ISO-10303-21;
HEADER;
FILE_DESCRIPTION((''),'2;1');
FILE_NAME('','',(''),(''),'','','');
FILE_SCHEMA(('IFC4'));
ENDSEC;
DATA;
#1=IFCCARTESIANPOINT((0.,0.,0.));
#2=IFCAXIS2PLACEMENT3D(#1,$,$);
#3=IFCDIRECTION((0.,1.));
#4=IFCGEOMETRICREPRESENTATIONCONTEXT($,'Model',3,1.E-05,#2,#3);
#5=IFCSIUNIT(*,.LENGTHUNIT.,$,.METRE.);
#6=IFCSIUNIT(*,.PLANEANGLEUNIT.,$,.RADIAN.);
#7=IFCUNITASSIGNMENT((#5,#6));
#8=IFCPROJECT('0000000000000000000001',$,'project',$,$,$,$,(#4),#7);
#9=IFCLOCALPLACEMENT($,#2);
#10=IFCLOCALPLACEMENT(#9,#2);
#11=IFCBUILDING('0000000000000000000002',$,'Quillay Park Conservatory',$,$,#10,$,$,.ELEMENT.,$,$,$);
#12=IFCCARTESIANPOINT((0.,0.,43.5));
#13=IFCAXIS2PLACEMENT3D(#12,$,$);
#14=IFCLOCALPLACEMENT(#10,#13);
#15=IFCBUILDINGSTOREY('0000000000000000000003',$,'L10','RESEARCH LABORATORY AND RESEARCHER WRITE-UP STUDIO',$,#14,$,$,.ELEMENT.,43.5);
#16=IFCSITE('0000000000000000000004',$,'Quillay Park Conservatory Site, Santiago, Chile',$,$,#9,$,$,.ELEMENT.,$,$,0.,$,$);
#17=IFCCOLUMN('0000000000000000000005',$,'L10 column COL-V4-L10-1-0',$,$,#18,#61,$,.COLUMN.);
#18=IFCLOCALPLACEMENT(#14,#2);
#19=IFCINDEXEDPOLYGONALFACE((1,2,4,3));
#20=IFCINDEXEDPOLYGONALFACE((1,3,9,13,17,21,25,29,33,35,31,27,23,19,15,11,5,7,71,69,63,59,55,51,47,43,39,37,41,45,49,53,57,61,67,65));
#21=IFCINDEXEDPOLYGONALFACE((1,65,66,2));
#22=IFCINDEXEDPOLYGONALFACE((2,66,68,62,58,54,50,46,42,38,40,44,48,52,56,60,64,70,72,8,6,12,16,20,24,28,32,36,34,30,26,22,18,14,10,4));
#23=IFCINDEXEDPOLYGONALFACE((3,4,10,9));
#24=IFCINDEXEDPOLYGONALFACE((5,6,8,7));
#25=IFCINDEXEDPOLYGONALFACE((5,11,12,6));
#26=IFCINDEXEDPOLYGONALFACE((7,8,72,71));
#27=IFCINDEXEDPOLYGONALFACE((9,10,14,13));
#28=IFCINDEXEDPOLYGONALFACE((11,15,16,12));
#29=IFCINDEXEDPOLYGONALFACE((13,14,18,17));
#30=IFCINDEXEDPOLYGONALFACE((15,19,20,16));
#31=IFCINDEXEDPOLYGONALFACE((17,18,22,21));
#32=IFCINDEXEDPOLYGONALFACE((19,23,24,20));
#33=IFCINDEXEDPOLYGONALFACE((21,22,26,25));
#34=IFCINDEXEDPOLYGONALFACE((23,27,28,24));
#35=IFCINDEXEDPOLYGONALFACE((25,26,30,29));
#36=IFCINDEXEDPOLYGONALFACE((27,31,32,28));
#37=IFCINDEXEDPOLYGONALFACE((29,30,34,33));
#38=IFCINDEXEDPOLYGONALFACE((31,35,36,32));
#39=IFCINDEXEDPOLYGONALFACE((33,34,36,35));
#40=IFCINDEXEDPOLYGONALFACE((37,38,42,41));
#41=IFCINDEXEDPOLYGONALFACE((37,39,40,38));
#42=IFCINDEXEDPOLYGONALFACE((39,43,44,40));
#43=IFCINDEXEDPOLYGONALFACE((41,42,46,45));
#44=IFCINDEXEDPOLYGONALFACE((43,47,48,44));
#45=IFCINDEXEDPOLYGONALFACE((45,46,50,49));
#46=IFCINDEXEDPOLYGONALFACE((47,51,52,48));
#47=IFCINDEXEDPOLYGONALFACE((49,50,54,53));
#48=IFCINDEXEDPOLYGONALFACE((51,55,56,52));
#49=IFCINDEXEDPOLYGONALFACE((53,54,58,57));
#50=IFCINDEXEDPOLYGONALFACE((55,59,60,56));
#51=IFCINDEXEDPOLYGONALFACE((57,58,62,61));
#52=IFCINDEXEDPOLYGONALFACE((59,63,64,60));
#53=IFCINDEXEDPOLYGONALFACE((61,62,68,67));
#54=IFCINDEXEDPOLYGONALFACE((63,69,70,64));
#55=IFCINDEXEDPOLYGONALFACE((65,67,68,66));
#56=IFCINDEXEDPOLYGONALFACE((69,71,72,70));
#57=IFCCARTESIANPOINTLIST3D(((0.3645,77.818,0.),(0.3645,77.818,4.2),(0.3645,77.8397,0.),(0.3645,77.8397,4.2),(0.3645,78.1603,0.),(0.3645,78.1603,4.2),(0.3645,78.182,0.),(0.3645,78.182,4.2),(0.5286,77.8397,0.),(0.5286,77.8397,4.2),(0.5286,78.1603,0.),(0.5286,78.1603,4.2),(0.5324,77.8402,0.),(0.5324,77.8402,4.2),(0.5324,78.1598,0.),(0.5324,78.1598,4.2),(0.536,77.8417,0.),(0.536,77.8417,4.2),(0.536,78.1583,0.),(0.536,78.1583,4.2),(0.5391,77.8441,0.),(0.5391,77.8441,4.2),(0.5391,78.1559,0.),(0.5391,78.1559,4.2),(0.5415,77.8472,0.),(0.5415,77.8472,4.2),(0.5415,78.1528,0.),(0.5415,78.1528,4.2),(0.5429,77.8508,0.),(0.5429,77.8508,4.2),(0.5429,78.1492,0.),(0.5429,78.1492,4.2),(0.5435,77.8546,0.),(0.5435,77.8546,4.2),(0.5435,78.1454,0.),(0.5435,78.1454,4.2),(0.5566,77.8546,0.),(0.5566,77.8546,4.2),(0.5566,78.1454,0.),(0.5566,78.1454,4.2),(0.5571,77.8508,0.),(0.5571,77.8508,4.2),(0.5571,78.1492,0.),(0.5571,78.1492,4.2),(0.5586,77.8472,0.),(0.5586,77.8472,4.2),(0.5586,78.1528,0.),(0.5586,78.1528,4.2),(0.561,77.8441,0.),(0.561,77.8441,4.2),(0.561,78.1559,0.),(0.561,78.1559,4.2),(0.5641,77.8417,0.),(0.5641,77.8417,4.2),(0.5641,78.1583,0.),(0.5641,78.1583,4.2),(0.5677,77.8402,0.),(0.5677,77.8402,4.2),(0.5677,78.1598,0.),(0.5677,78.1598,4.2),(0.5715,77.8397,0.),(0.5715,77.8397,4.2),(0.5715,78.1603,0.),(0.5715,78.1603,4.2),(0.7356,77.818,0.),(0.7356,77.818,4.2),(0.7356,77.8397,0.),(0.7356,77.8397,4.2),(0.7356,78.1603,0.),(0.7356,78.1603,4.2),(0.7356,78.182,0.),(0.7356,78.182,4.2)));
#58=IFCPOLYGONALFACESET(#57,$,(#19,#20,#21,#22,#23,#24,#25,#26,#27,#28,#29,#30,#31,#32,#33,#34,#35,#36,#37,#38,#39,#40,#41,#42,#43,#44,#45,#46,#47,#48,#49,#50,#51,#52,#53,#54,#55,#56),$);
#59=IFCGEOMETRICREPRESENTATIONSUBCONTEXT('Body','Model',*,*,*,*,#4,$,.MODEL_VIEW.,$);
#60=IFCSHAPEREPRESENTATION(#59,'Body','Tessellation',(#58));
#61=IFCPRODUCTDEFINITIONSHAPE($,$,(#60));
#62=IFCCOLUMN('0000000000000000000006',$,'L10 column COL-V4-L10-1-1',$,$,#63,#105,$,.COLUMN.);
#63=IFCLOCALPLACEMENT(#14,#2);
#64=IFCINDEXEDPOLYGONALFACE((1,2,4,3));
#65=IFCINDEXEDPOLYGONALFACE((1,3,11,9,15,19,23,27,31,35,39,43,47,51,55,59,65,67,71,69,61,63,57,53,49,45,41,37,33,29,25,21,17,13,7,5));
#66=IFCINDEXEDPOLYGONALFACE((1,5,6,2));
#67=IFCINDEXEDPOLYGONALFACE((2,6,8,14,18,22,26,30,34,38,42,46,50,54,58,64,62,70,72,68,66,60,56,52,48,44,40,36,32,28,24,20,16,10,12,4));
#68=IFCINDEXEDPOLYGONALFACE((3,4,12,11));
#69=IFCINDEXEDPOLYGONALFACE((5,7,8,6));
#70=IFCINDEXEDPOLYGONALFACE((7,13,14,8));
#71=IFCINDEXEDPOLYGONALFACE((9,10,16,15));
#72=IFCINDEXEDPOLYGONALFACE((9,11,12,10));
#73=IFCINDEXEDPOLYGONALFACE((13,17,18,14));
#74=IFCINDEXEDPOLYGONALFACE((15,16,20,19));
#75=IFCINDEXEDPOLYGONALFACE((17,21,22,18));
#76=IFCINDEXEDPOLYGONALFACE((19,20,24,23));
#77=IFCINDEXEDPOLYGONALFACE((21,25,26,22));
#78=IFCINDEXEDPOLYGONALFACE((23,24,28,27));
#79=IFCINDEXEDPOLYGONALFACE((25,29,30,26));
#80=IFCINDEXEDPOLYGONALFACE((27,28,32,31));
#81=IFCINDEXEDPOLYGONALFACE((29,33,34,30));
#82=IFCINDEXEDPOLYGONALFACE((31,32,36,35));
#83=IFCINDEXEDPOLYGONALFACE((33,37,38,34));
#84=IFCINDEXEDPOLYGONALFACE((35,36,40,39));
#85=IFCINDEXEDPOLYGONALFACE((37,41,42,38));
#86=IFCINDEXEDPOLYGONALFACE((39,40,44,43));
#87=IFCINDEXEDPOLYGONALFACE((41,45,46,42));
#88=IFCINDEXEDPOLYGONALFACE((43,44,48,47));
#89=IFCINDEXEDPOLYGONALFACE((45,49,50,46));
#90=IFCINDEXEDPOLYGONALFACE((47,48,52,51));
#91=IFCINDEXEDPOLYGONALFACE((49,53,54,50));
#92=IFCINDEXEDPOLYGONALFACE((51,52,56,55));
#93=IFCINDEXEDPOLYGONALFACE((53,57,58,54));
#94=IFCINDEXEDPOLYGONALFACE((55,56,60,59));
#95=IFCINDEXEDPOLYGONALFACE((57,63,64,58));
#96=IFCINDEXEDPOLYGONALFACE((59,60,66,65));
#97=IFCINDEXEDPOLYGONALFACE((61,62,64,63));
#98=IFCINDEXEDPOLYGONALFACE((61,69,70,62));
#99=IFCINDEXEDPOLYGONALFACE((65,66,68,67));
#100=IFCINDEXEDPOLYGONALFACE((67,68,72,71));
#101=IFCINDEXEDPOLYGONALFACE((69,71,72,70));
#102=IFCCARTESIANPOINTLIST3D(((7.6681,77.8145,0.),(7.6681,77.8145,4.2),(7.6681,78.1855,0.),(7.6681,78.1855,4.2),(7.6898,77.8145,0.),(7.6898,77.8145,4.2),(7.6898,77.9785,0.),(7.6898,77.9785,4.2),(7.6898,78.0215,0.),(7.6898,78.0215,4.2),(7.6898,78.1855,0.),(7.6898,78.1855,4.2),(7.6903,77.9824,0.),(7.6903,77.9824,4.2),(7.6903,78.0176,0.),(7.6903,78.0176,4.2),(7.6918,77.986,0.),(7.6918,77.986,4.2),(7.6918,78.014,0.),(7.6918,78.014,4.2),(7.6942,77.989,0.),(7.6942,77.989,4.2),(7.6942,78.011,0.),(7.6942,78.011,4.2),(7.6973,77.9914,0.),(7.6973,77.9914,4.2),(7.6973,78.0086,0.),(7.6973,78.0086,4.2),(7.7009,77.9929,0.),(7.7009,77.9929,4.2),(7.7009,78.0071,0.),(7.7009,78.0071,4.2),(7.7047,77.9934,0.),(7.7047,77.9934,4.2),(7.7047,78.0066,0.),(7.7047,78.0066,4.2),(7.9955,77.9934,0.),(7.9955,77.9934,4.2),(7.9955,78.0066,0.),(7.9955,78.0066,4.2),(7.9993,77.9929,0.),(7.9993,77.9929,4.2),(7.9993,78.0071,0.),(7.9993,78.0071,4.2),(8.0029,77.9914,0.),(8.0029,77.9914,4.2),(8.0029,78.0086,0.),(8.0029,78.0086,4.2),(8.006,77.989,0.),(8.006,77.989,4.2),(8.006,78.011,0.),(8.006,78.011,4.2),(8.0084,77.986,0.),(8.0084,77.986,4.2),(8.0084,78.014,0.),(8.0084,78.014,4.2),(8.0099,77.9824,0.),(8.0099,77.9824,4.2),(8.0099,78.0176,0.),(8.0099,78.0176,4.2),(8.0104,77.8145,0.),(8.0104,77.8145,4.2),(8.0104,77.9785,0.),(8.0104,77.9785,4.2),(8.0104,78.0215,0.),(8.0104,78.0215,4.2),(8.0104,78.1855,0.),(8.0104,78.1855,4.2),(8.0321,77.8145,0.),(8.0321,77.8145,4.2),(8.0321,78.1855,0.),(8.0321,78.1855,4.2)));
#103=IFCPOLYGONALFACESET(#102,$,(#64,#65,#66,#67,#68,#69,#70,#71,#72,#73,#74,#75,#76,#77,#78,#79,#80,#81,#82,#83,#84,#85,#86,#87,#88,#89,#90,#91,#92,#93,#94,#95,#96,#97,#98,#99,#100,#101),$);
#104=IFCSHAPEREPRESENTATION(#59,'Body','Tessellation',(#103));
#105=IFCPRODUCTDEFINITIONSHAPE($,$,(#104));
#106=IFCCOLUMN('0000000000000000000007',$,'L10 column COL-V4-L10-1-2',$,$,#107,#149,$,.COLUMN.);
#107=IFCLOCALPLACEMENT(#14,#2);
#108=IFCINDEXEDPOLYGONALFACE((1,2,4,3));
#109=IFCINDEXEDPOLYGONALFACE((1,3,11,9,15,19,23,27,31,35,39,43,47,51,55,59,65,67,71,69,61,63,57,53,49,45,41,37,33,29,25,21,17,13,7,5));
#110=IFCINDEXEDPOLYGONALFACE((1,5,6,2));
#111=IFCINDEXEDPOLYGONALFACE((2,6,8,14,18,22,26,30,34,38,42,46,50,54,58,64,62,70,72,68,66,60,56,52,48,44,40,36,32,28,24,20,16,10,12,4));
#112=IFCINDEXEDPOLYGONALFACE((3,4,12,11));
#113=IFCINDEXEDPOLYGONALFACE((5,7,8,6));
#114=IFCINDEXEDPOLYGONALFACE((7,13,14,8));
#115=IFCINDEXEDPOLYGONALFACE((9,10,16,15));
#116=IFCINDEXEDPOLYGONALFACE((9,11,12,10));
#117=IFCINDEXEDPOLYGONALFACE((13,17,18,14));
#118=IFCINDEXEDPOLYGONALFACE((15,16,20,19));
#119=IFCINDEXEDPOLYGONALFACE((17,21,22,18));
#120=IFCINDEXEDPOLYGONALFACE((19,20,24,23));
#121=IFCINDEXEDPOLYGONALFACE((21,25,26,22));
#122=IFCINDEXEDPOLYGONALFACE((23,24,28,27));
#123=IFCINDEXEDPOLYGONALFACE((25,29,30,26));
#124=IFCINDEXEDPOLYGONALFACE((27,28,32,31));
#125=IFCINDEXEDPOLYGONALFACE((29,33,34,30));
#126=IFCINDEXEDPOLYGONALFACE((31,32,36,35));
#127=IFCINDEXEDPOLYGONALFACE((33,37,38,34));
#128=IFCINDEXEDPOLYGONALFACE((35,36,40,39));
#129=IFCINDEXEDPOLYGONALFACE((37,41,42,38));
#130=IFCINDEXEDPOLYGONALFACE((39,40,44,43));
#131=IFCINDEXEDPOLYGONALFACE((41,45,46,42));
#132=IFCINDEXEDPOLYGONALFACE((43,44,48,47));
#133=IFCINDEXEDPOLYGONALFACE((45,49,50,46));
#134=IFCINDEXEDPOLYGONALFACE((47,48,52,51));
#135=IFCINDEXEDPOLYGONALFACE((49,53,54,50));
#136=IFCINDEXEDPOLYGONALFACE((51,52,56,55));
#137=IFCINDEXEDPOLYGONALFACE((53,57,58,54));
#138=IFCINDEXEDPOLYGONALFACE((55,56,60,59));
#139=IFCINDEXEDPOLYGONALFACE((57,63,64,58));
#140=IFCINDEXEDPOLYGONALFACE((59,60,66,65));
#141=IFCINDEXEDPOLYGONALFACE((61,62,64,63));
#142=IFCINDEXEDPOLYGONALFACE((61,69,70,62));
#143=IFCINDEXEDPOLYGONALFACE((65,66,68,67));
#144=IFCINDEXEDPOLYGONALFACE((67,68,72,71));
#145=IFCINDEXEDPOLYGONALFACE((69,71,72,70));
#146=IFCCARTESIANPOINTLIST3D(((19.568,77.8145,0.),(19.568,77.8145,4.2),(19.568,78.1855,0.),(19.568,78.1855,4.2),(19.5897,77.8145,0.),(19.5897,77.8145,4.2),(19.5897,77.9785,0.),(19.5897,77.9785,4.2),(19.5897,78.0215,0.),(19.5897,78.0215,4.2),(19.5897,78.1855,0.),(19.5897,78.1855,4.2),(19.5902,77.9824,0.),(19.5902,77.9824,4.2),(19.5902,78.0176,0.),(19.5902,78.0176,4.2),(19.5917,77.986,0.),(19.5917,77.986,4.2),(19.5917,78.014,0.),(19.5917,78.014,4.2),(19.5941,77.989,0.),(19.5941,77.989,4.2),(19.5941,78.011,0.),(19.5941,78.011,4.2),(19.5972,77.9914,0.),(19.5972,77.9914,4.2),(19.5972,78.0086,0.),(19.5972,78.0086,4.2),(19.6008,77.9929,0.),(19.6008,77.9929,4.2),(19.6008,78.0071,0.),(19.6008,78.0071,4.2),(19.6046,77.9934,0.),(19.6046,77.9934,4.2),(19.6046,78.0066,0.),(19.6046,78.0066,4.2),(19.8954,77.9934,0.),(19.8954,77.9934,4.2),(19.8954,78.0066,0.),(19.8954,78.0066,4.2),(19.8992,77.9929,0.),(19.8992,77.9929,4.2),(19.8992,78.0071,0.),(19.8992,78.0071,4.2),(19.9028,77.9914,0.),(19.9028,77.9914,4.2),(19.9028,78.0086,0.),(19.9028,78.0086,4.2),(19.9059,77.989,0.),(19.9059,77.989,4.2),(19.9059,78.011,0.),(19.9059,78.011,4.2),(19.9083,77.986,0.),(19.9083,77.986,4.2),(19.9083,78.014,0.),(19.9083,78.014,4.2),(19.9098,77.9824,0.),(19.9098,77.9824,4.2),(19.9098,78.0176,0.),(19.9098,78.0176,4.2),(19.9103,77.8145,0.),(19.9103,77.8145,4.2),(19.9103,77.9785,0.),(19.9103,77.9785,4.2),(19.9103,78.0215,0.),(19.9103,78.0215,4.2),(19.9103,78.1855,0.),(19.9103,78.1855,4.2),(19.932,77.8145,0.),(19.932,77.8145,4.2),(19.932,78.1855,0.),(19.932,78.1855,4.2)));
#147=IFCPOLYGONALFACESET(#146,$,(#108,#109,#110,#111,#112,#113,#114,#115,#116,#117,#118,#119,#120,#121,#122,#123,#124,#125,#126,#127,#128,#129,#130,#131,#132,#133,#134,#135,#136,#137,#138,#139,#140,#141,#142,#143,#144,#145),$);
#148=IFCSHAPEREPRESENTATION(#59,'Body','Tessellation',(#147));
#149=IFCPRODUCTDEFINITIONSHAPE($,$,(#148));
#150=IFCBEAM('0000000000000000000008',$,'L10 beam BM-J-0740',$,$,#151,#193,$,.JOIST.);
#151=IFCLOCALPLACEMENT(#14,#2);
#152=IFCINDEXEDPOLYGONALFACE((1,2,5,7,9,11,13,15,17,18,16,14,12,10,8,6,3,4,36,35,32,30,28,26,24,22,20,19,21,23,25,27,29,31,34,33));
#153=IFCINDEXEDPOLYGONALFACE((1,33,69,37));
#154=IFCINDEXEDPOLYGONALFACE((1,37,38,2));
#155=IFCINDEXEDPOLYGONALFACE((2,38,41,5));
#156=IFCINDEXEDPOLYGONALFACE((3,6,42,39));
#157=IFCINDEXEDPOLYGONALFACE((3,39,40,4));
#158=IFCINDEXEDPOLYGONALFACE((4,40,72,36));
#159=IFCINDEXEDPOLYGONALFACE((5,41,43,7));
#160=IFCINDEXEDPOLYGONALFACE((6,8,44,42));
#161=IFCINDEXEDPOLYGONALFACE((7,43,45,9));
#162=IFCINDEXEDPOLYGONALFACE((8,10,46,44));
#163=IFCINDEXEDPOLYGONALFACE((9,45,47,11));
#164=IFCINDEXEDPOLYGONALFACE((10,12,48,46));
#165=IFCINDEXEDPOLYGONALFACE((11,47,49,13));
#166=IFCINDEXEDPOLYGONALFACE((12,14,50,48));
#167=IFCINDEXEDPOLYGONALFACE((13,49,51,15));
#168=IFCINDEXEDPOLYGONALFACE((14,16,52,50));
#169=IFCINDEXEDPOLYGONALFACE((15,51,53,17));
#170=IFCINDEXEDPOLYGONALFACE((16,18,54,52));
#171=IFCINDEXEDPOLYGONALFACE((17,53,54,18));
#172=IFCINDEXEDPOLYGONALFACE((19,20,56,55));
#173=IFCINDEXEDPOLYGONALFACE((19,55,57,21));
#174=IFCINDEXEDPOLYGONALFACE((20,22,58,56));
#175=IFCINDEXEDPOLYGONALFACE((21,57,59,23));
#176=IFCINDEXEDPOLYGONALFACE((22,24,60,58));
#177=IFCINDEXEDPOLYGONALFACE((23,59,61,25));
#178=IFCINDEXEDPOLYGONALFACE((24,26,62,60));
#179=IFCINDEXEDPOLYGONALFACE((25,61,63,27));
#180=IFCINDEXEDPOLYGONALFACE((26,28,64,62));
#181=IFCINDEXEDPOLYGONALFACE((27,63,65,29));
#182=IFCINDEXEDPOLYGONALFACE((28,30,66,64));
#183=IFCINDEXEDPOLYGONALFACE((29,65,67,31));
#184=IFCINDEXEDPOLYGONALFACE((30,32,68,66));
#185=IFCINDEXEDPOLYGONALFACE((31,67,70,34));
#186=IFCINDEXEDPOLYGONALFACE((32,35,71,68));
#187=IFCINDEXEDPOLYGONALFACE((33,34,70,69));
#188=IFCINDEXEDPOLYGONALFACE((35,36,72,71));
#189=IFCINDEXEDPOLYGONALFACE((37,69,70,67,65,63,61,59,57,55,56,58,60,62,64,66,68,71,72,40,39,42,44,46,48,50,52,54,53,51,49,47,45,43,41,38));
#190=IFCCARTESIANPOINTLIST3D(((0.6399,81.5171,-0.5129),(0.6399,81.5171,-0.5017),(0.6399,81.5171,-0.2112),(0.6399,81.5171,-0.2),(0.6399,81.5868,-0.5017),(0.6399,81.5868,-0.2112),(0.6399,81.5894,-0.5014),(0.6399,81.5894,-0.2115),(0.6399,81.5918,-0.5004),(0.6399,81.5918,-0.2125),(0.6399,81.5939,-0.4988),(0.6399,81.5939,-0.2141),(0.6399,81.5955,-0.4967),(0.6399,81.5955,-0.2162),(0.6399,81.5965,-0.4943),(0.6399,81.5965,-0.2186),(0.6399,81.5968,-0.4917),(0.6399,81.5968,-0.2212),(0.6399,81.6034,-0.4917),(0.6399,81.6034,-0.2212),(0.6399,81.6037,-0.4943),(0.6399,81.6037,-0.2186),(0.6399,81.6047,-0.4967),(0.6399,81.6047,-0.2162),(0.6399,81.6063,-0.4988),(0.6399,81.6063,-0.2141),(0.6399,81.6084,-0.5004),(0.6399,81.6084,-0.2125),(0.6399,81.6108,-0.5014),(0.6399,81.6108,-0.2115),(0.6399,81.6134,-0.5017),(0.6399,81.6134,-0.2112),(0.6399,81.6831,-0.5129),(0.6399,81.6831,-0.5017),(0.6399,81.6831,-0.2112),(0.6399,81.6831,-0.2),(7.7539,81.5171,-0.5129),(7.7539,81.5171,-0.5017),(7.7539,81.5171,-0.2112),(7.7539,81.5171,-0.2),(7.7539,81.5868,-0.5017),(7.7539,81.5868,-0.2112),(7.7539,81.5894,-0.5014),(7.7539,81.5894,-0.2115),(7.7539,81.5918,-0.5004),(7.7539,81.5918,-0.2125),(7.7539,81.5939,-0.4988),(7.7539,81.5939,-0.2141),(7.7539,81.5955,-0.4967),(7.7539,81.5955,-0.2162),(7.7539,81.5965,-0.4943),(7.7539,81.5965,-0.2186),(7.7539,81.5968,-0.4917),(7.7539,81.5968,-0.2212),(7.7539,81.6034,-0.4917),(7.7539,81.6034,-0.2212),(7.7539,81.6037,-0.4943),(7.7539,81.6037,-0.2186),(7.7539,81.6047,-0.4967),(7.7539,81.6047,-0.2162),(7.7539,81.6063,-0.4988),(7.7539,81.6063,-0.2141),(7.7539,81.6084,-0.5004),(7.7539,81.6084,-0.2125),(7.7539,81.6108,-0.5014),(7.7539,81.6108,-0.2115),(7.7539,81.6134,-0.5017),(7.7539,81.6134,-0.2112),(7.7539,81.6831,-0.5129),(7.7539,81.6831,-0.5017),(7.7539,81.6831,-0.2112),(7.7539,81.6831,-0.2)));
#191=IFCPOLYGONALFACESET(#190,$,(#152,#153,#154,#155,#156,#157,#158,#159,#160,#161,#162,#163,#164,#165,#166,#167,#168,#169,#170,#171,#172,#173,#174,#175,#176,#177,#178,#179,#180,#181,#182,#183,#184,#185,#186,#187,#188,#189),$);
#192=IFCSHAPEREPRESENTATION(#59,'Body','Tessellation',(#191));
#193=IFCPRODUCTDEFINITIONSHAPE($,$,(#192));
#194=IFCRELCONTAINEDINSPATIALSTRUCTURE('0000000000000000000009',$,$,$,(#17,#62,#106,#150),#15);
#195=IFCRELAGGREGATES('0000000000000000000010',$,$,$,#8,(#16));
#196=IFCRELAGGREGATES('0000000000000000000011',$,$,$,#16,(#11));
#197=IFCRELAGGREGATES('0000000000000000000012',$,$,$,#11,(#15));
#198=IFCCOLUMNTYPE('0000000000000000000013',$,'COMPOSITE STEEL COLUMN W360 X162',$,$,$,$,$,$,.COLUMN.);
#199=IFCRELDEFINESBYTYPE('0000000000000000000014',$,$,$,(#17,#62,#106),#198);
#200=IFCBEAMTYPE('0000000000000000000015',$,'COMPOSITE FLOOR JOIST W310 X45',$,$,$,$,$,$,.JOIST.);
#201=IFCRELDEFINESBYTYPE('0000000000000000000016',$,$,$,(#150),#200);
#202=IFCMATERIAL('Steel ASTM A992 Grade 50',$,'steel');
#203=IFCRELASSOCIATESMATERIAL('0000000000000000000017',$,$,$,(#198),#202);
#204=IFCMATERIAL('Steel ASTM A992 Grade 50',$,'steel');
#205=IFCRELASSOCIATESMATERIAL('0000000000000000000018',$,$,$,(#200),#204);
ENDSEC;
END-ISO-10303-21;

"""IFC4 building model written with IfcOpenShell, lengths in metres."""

from ifc_helpers import new_model, si_unit, direction, frame, origin, origin_2d, place, context, subcontext, project, spatial, i_section, extrude, material, material_profile, profile_set, type_object, element, save


model = new_model("IFC4")

# Units and contexts
model_context = context("Model", 3, precision=1e-05, world=origin(), true_north=direction((0.0, 1.0)))
body_context = subcontext(model_context, "Body", "Model", "MODEL_VIEW")
ifc_project = project(units=[si_unit("LENGTHUNIT", "METRE"), si_unit("PLANEANGLEUNIT", "RADIAN")], contexts=[model_context])

# Site, building, storey
site_placement = place(None, origin())
site = spatial("IfcSite", under=ifc_project, at=site_placement, Name="Quillay Park Conservatory Site, Santiago, Chile", CompositionType="ELEMENT", RefElevation=0.0)
building_placement = place(site_placement, origin())
building = spatial("IfcBuilding", under=site, at=building_placement, Name="Quillay Park Conservatory", CompositionType="ELEMENT")
storey_placement = place(building_placement, frame((0.0, 0.0, 43.5)))
storey = spatial("IfcBuildingStorey", under=building, at=storey_placement, Name="L10", Description="RESEARCH LABORATORY AND RESEARCHER WRITE-UP STUDIO", CompositionType="ELEMENT", Elevation=43.5)

# Columns
ifc_material_1 = material(Name="Steel ASTM A992 Grade 50", Category="steel")
ifc_material_profile_1 = material_profile(ifc_material_1, i_section(OverallWidth=0.3711, OverallDepth=0.364, WebThickness=0.0132, FlangeThickness=0.0217, FilletRadius=0.0149, at=origin_2d()), Name="W360x162")
ifc_profile_set_1 = profile_set([ifc_material_profile_1], Name="Steel ASTM A992 Grade 50")
column_type = type_object("IfcColumnType", Name="COMPOSITE STEEL COLUMN W360 X162", PredefinedType="COLUMN", material=ifc_profile_set_1)
for number, where, z_axis, x_axis, name in (
    (1, (0.55, 78.0, 0.0), (0.0, 0.0, 1.0), (1.0, 0.0, 0.0), "L10 column COL-V4-L10-1-0"),
    (2, (7.8501, 78.0, 0.0), (0.0, 0.0, 1.0), (0.0, 1.0, 0.0), "L10 column COL-V4-L10-1-1"),
    (3, (19.75, 78.0, 0.0), (0.0, 0.0, 1.0), (0.0, 1.0, 0.0), "L10 column COL-V4-L10-1-2"),
):
    element("IfcColumn", number, at=place(storey_placement, frame(where, z_axis=z_axis, x_axis=x_axis)), inside=storey, type_object=column_type, Name=name, PredefinedType="COLUMN", context=body_context, shape_type="SweptSolid", body=[
        extrude(i_section(OverallWidth=0.3711, OverallDepth=0.364, WebThickness=0.0132, FlangeThickness=0.0217, FilletRadius=0.0149, at=origin_2d()), origin(), (0.0, 0.0, 1.0), 4.2),
    ])

# Beam
ifc_material_2 = material(Name="Steel ASTM A992 Grade 50", Category="steel")
ifc_material_profile_2 = material_profile(ifc_material_2, i_section(OverallWidth=0.166, OverallDepth=0.313, WebThickness=0.0066, FlangeThickness=0.0112, FilletRadius=0.01, at=origin_2d()), Name="W310x45")
ifc_profile_set_2 = profile_set([ifc_material_profile_2], Name="Steel ASTM A992 Grade 50")
beam_type_1 = type_object("IfcBeamType", Name="COMPOSITE FLOOR JOIST W310 X45", PredefinedType="JOIST", material=ifc_profile_set_2)
beam_1_placement = place(storey_placement, frame((0.6399, 81.6001, -0.3564), z_axis=(1.0, 0.0, 0.0), x_axis=(0.0, 1.0, 0.0)))
element("IfcBeam", 4, at=beam_1_placement, inside=storey, type_object=beam_type_1, Name="L10 beam BM-J-0740", PredefinedType="JOIST", context=body_context, shape_type="SweptSolid", body=[
    extrude(i_section(OverallWidth=0.166, OverallDepth=0.313, WebThickness=0.0066, FlangeThickness=0.0112, FilletRadius=0.01, at=origin_2d()), origin(), (0.0, 0.0, 1.0), 7.114),
])

save(model, "model.ifc")
